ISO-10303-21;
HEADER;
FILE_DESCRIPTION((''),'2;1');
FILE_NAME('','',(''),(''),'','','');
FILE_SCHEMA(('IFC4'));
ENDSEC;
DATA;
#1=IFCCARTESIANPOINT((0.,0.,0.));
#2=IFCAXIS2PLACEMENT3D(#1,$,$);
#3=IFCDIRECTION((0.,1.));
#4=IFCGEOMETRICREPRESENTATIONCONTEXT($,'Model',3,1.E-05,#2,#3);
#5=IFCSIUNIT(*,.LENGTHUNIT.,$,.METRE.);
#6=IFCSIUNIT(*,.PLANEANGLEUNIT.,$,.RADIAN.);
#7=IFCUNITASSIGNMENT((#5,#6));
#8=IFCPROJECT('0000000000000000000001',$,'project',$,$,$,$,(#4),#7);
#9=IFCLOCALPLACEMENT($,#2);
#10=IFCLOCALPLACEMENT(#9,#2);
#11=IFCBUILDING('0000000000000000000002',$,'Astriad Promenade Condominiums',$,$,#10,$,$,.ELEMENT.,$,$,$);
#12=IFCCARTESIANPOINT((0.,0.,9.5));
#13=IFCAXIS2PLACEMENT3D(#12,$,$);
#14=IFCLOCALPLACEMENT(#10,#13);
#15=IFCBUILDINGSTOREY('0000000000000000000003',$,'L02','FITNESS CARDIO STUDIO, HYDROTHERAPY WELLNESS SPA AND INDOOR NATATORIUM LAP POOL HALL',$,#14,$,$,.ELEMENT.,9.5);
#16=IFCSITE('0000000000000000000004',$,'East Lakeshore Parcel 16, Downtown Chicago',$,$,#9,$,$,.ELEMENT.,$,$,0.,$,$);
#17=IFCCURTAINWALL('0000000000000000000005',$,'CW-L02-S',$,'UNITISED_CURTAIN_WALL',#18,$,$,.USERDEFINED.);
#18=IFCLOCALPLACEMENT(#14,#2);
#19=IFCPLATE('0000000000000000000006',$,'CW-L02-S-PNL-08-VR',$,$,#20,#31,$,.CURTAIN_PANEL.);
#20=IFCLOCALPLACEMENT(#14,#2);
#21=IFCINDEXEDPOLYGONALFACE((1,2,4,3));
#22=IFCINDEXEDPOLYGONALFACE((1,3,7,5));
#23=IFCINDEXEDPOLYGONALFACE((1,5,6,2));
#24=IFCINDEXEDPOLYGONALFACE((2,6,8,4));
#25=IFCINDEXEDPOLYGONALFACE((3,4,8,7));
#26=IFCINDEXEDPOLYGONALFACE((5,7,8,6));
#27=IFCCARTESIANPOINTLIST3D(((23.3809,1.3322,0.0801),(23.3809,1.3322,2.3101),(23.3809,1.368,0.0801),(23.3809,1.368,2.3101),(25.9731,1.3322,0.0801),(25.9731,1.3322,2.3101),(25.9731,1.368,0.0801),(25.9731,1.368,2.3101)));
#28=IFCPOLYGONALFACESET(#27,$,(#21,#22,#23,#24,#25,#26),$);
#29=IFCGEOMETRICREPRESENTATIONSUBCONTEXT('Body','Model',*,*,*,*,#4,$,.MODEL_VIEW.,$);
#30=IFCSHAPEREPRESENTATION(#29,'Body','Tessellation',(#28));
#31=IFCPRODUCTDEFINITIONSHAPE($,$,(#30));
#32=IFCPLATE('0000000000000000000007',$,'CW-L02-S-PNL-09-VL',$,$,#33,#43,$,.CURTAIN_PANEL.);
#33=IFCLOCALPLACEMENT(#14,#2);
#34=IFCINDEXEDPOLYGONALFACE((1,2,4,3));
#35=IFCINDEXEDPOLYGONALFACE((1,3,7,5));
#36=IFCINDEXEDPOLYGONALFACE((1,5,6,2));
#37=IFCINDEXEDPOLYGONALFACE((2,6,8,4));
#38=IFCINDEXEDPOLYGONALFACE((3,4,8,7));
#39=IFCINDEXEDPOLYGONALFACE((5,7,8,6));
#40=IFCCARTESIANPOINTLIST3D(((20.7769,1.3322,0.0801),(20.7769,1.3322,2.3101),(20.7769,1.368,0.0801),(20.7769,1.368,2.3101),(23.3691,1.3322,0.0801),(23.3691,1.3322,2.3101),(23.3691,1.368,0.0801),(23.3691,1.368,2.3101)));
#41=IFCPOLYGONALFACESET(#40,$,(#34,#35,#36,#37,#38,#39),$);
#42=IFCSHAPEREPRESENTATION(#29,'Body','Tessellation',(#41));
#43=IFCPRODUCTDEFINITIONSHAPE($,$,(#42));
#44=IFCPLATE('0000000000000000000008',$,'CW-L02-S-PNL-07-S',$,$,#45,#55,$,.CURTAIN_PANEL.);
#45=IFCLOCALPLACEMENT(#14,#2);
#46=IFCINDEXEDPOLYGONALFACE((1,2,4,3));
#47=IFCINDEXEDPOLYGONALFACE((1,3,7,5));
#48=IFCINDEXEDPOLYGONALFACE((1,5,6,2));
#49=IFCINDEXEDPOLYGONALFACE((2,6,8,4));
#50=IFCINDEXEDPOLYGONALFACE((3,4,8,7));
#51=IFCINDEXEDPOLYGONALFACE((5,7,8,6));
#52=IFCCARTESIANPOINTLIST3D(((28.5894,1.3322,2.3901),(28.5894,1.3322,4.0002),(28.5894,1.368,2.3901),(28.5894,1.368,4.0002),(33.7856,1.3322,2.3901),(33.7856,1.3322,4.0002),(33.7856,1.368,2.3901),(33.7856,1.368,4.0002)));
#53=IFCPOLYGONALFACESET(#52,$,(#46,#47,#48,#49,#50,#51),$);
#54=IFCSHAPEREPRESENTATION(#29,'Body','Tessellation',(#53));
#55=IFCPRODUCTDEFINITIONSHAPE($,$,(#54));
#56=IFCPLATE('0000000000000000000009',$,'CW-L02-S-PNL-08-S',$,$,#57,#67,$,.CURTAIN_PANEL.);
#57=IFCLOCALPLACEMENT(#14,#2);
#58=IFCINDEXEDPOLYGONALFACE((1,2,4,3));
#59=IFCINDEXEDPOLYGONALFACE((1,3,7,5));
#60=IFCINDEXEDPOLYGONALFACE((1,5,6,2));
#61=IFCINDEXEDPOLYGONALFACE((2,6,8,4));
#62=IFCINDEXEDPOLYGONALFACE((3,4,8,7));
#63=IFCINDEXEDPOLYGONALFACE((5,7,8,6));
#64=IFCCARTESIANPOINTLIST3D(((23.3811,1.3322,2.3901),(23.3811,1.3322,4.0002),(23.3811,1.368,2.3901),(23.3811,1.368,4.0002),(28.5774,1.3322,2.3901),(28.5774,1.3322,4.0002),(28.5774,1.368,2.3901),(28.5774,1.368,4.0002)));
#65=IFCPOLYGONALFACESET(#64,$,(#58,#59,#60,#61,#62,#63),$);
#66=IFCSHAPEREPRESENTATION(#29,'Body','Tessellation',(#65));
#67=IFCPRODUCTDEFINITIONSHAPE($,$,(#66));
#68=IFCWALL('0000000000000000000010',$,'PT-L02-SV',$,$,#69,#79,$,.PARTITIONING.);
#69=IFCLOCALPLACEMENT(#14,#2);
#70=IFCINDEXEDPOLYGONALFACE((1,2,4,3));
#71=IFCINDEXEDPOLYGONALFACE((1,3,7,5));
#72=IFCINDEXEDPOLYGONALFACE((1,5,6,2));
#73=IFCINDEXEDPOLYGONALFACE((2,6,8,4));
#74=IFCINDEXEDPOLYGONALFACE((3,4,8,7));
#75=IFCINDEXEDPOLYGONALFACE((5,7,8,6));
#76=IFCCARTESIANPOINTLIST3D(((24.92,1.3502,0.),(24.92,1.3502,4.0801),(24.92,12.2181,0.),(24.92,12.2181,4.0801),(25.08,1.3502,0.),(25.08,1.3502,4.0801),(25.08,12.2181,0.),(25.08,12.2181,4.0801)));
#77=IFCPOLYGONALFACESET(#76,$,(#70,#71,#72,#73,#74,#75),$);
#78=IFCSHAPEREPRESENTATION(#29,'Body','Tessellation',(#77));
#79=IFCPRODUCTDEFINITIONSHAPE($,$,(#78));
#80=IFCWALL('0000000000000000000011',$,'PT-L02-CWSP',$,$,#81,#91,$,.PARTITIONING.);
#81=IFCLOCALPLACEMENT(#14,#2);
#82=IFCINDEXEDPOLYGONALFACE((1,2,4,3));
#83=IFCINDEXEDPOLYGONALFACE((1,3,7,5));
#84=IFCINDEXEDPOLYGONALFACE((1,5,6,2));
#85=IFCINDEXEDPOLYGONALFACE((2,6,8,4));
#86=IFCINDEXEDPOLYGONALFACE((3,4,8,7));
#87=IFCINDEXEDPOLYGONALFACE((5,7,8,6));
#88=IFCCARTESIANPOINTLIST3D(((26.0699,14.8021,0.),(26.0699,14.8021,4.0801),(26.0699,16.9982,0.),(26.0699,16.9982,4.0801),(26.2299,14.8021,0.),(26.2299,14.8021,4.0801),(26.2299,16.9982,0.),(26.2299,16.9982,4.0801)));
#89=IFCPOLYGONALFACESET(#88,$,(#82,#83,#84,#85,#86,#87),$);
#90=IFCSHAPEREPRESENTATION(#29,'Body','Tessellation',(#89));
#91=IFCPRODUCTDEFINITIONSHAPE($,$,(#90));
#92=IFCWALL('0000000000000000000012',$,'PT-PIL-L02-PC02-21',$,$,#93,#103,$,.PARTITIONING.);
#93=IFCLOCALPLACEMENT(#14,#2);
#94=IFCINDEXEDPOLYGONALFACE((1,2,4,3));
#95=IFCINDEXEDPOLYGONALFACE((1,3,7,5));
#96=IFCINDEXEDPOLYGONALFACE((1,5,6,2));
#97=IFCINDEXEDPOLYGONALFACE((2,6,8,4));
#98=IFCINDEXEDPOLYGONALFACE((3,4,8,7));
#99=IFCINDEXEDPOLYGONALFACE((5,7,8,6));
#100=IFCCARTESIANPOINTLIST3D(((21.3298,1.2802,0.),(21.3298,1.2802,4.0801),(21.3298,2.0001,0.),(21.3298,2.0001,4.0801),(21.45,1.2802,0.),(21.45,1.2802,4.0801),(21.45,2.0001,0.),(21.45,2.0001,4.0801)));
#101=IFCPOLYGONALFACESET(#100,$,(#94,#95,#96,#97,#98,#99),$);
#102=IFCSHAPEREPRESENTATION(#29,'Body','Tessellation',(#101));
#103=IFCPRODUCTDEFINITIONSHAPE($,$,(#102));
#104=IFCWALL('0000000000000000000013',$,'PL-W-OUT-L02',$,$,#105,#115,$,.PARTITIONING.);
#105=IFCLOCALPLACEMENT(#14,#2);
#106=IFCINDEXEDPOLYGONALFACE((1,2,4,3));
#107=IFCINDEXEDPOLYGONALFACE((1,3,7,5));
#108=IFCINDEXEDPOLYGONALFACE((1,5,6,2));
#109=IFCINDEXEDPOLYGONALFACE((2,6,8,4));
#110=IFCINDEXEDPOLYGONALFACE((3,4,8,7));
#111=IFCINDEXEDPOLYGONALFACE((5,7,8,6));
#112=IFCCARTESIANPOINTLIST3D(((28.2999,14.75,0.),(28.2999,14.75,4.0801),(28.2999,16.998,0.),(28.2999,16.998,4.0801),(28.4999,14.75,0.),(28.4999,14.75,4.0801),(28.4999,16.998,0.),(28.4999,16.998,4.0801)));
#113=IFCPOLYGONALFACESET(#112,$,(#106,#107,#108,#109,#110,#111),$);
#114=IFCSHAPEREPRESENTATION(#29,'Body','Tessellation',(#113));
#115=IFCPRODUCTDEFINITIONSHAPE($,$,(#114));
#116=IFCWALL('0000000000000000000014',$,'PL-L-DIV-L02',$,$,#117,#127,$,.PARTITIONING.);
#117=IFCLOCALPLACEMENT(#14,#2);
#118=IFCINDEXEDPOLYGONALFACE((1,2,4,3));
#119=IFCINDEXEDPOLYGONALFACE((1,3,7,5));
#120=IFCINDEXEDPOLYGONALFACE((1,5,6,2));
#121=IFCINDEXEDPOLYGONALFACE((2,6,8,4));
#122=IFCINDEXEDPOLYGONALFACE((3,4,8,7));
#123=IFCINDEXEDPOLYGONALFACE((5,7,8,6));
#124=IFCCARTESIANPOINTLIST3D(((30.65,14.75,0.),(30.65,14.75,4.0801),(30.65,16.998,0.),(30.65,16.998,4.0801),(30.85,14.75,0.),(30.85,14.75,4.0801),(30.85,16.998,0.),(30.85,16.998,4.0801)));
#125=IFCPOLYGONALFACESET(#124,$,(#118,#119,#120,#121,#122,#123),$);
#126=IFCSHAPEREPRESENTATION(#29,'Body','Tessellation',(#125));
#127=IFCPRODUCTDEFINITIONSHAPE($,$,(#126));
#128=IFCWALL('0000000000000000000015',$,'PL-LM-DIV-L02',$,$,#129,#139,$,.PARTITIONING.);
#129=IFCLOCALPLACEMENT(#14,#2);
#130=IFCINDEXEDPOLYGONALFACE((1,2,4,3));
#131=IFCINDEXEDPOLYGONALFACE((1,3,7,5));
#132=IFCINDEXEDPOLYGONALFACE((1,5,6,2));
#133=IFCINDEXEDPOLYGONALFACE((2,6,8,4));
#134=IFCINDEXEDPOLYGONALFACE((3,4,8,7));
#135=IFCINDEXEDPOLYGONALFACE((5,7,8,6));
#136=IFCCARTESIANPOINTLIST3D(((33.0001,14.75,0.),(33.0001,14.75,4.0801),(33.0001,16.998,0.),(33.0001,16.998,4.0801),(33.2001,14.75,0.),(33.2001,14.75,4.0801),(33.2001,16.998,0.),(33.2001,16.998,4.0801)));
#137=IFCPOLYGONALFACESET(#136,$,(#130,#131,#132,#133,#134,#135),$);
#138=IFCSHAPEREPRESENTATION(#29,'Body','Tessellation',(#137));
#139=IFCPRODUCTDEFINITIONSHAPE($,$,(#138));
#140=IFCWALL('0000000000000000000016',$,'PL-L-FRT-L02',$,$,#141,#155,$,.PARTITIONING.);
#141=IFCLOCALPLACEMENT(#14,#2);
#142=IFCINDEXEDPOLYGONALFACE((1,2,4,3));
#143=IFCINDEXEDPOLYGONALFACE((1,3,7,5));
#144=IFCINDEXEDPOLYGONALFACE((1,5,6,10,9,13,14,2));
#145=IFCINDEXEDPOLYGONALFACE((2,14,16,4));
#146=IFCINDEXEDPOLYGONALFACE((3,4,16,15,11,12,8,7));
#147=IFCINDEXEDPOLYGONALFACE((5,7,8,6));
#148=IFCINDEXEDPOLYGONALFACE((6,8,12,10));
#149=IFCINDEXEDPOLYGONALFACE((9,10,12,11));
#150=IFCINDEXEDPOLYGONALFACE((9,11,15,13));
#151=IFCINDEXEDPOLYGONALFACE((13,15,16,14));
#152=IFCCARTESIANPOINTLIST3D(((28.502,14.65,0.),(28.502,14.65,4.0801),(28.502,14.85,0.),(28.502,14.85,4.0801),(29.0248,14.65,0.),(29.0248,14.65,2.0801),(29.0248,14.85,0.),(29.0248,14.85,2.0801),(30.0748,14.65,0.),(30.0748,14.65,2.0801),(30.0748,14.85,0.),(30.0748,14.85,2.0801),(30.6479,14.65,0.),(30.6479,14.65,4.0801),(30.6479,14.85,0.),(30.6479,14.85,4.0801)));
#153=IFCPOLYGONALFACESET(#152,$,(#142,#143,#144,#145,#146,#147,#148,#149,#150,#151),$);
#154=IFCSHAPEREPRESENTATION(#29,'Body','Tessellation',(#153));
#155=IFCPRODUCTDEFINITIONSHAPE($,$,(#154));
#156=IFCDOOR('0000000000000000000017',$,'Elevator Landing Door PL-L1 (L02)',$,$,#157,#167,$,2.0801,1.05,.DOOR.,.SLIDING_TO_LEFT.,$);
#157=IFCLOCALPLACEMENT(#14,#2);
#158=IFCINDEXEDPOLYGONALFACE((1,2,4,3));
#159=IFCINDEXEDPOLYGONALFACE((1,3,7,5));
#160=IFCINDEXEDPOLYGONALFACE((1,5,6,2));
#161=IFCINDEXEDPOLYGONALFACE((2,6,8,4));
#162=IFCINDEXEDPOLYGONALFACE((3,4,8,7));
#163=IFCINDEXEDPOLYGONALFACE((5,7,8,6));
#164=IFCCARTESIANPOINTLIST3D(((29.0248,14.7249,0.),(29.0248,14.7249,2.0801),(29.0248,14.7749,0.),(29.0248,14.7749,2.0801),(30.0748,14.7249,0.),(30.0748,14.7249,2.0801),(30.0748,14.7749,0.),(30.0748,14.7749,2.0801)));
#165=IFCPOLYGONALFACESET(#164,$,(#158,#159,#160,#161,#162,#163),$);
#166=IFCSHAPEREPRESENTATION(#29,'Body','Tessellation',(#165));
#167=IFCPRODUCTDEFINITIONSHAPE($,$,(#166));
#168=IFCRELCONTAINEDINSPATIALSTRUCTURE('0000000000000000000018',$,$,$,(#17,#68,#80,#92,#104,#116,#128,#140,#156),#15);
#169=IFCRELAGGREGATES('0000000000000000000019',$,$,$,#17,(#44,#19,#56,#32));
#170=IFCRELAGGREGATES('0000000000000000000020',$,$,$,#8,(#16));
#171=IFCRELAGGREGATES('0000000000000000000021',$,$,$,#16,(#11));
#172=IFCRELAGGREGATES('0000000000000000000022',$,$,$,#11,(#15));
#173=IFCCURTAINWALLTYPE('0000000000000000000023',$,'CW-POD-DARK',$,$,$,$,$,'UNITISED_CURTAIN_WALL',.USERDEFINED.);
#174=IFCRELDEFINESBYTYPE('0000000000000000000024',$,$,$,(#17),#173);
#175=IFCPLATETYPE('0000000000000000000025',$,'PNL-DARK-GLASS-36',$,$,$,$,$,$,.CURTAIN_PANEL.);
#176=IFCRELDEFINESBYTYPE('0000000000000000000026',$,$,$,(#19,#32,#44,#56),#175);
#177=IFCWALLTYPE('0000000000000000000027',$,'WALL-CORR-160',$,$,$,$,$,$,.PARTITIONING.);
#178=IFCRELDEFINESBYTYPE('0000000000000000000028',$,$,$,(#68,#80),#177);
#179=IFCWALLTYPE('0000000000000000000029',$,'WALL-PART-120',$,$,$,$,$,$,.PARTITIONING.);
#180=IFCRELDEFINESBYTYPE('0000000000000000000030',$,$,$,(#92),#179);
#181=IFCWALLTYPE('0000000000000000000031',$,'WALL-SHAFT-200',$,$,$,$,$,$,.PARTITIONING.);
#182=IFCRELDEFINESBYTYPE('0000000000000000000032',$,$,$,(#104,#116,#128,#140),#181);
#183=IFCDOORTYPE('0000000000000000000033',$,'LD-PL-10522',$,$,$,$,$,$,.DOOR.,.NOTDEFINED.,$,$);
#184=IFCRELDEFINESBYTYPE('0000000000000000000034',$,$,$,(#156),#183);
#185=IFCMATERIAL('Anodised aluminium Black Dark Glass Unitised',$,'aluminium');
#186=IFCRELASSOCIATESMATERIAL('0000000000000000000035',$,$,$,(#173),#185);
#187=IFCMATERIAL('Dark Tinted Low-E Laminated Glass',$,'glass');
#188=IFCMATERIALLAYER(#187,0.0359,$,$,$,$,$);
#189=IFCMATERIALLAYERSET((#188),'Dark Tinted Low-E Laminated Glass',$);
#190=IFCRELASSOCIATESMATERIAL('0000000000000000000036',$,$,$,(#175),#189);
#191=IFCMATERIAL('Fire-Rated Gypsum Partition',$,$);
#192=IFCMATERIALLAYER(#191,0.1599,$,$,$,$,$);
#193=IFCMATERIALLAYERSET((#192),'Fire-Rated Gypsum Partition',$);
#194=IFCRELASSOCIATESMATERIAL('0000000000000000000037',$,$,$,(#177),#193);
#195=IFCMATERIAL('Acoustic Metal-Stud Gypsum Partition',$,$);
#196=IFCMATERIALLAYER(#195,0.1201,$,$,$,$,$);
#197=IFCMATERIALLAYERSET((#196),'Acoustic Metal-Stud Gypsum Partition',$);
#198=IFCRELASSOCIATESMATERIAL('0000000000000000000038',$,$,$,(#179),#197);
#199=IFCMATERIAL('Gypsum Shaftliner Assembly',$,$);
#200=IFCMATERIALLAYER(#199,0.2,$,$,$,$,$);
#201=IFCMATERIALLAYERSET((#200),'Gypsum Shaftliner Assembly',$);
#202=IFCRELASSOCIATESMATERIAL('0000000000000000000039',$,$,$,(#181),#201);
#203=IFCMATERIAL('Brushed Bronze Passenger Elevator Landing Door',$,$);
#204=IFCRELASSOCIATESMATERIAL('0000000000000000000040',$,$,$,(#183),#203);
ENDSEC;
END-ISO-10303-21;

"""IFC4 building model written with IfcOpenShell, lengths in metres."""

from ifc_helpers import new_model, si_unit, direction, frame, frame_2d, origin, origin_2d, place, context, subcontext, project, spatial, rectangle, extrude, source, transform, mapped, material, layer, layer_set, type_object, type_shapes, element, fill, aggregate, save


model = new_model("IFC4")

# Units and contexts
model_context = context("Model", 3, precision=1e-05, world=origin(), true_north=direction((0.0, 1.0)))
body_context = subcontext(model_context, "Body", "Model", "MODEL_VIEW")
ifc_project = project(units=[si_unit("LENGTHUNIT", "METRE"), si_unit("PLANEANGLEUNIT", "RADIAN")], contexts=[model_context])

# Site, building, storey
site_placement = place(None, origin())
site = spatial("IfcSite", under=ifc_project, at=site_placement, Name="East Lakeshore Parcel 16, Downtown Chicago", CompositionType="ELEMENT", RefElevation=0.0)
building_placement = place(site_placement, origin())
building = spatial("IfcBuilding", under=site, at=building_placement, Name="Astriad Promenade Condominiums", CompositionType="ELEMENT")
storey_placement = place(building_placement, frame((0.0, 0.0, 9.5)))
storey = spatial("IfcBuildingStorey", under=building, at=storey_placement, Name="L02", Description="FITNESS CARDIO STUDIO, HYDROTHERAPY WELLNESS SPA AND INDOOR NATATORIUM LAP POOL HALL", CompositionType="ELEMENT", Elevation=9.5)

# Curtain wall
ifc_material_1 = material(Name="Anodised aluminium Black Dark Glass Unitised", Category="aluminium")
curtain_wall_type = type_object("IfcCurtainWallType", Name="CW-POD-DARK", ElementType="UNITISED_CURTAIN_WALL", PredefinedType="USERDEFINED", material=ifc_material_1)
curtain_wall_placement = place(storey_placement, origin())
curtain_wall = element("IfcCurtainWall", 1, at=curtain_wall_placement, inside=storey, type_object=curtain_wall_type, Name="CW-L02-S", ObjectType="UNITISED_CURTAIN_WALL", PredefinedType="USERDEFINED")

# Plates
ifc_material_2 = material(Name="Dark Tinted Low-E Laminated Glass", Category="glass")
ifc_layer_1 = layer(ifc_material_2, 0.0359)
ifc_layer_set_1 = layer_set([ifc_layer_1], Name="Dark Tinted Low-E Laminated Glass")
plate_type_1 = type_object("IfcPlateType", Name="PNL-DARK-GLASS-36", PredefinedType="CURTAIN_PANEL", material=ifc_layer_set_1)
shared_shape_1 = source(origin(), body_context, "Body", "SweptSolid", [
    extrude(rectangle(XDim=2.5923, YDim=0.0359, at=origin_2d()), origin(), (0.0, 0.0, 1.0), 2.23),
])
plate_1_placement = place(storey_placement, frame((24.677, 1.3501, 0.0801), z_axis=(0.0, 0.0, 1.0), x_axis=(-1.0, 0.0, 0.0)))
plate_1 = element("IfcPlate", 2, at=plate_1_placement, type_object=plate_type_1, Name="CW-L02-S-PNL-08-VR", PredefinedType="CURTAIN_PANEL", context=body_context, shape_type="MappedRepresentation", body=[
    mapped(shared_shape_1, transform((0.0, 0.0, 0.0), scale=1.0)),
])
plate_2_placement = place(storey_placement, frame((22.073, 1.3501, 0.0801), z_axis=(0.0, 0.0, 1.0), x_axis=(-1.0, 0.0, 0.0)))
plate_2 = element("IfcPlate", 3, at=plate_2_placement, type_object=plate_type_1, Name="CW-L02-S-PNL-09-VL", PredefinedType="CURTAIN_PANEL", context=body_context, shape_type="MappedRepresentation", body=[
    mapped(shared_shape_1, transform((0.0, 0.0, 0.0), scale=1.0)),
])
shared_shape_2 = source(origin(), body_context, "Body", "SweptSolid", [
    extrude(rectangle(XDim=5.1963, YDim=0.0359, at=origin_2d()), origin(), (0.0, 0.0, 1.0), 1.6101),
])
type_shapes(plate_type_1, [shared_shape_1, shared_shape_2])
plate_3_placement = place(storey_placement, frame((31.1875, 1.3501, 2.3901), z_axis=(0.0, 0.0, 1.0), x_axis=(-1.0, 0.0, 0.0)))
plate_3 = element("IfcPlate", 4, at=plate_3_placement, type_object=plate_type_1, Name="CW-L02-S-PNL-07-S", PredefinedType="CURTAIN_PANEL", context=body_context, shape_type="MappedRepresentation", body=[
    mapped(shared_shape_2, transform((0.0, 0.0, 0.0), scale=1.0)),
])
plate_4_placement = place(storey_placement, frame((25.9792, 1.3501, 2.3901), z_axis=(0.0, 0.0, 1.0), x_axis=(-1.0, 0.0, 0.0)))
plate_4 = element("IfcPlate", 5, at=plate_4_placement, type_object=plate_type_1, Name="CW-L02-S-PNL-08-S", PredefinedType="CURTAIN_PANEL", context=body_context, shape_type="MappedRepresentation", body=[
    mapped(shared_shape_2, transform((0.0, 0.0, 0.0), scale=1.0)),
])
aggregate(curtain_wall, [plate_3, plate_1, plate_4, plate_2])

# Walls
ifc_material_3 = material(Name="Fire-Rated Gypsum Partition")
ifc_layer_2 = layer(ifc_material_3, 0.1599)
ifc_layer_set_2 = layer_set([ifc_layer_2], Name="Fire-Rated Gypsum Partition")
wall_type_1 = type_object("IfcWallType", Name="WALL-CORR-160", PredefinedType="PARTITIONING", material=ifc_layer_set_2)
wall_1_placement = place(storey_placement, frame((25.0, 1.3501, 0.0), z_axis=(0.0, 0.0, 1.0), x_axis=(0.0, 1.0, 0.0)))
element("IfcWall", 6, at=wall_1_placement, inside=storey, type_object=wall_type_1, Name="PT-L02-SV", PredefinedType="PARTITIONING", context=body_context, shape_type="SweptSolid", body=[
    extrude(rectangle(XDim=10.8679, YDim=0.1599, at=frame_2d((5.4341, 0.0))), origin(), (0.0, 0.0, 1.0), 4.0801),
])
wall_2_placement = place(storey_placement, frame((26.1499, 14.802, 0.0), z_axis=(0.0, 0.0, 1.0), x_axis=(0.0, 1.0, 0.0)))
element("IfcWall", 7, at=wall_2_placement, inside=storey, type_object=wall_type_1, Name="PT-L02-CWSP", PredefinedType="PARTITIONING", context=body_context, shape_type="SweptSolid", body=[
    extrude(rectangle(XDim=2.196, YDim=0.1599, at=frame_2d((1.0981, 0.0))), origin(), (0.0, 0.0, 1.0), 4.0801),
])
ifc_material_4 = material(Name="Acoustic Metal-Stud Gypsum Partition")
ifc_layer_3 = layer(ifc_material_4, 0.1201)
ifc_layer_set_3 = layer_set([ifc_layer_3], Name="Acoustic Metal-Stud Gypsum Partition")
wall_type_2 = type_object("IfcWallType", Name="WALL-PART-120", PredefinedType="PARTITIONING", material=ifc_layer_set_3)
wall_3_placement = place(storey_placement, frame((21.3899, 2.0, 0.0), z_axis=(0.0, 0.0, 1.0), x_axis=(0.0, -1.0, 0.0)))
element("IfcWall", 8, at=wall_3_placement, inside=storey, type_object=wall_type_2, Name="PT-PIL-L02-PC02-21", PredefinedType="PARTITIONING", context=body_context, shape_type="SweptSolid", body=[
    extrude(rectangle(XDim=0.72, YDim=0.1201, at=frame_2d((0.3599, 0.0))), origin(), (0.0, 0.0, 1.0), 4.0801),
])
ifc_material_5 = material(Name="Gypsum Shaftliner Assembly")
ifc_layer_4 = layer(ifc_material_5, 0.2)
ifc_layer_set_4 = layer_set([ifc_layer_4], Name="Gypsum Shaftliner Assembly")
wall_type_3 = type_object("IfcWallType", Name="WALL-SHAFT-200", PredefinedType="PARTITIONING", material=ifc_layer_set_4)
for number, where, z_axis, x_axis, name in (
    (9, (28.3999, 14.75, 0.0), (0.0, 0.0, 1.0), (0.0, 1.0, 0.0), "PL-W-OUT-L02"),
    (10, (30.75, 14.75, 0.0), (0.0, 0.0, 1.0), (0.0, 1.0, 0.0), "PL-L-DIV-L02"),
    (11, (33.1001, 14.75, 0.0), (0.0, 0.0, 1.0), (0.0, 1.0, 0.0), "PL-LM-DIV-L02"),
):
    element("IfcWall", number, at=place(storey_placement, frame(where, z_axis=z_axis, x_axis=x_axis)), inside=storey, type_object=wall_type_3, Name=name, PredefinedType="PARTITIONING", context=body_context, shape_type="SweptSolid", body=[
        extrude(rectangle(XDim=2.248, YDim=0.2, at=frame_2d((1.124, 0.0))), origin(), (0.0, 0.0, 1.0), 4.0801),
    ])

# Wall, opening, door
wall_4_placement = place(storey_placement, frame((28.502, 14.75, 0.0), z_axis=(0.0, 0.0, 1.0), x_axis=(1.0, 0.0, 0.0)))
wall_4 = element("IfcWall", 12, at=wall_4_placement, inside=storey, type_object=wall_type_3, Name="PL-L-FRT-L02", PredefinedType="PARTITIONING", context=body_context, shape_type="SweptSolid", body=[
    extrude(rectangle(XDim=2.146, YDim=0.2, at=frame_2d((1.073, 0.0))), origin(), (0.0, 0.0, 1.0), 4.0801),
])
opening_1_placement = place(wall_4_placement, frame((0.5229, 0.0, 0.0)))
opening_1 = element("IfcOpeningElement", 13, at=opening_1_placement, cuts=wall_4, PredefinedType="OPENING", context=body_context, shape_type="SweptSolid", body=[
    extrude(rectangle(XDim=1.05, YDim=2.0801, at=frame_2d((0.5249, 1.04))), frame((0.0, 0.1099, 0.0), z_axis=(0.0, -1.0, 0.0), x_axis=(1.0, 0.0, 0.0)), (0.0, 0.0, 1.0), 0.22),
])
ifc_material_6 = material(Name="Brushed Bronze Passenger Elevator Landing Door")
door_type = type_object("IfcDoorType", Name="LD-PL-10522", OperationType="NOTDEFINED", PredefinedType="DOOR", material=ifc_material_6)
shared_shape_3 = source(origin(), body_context, "Body", "SweptSolid", [
    extrude(rectangle(XDim=1.05, YDim=2.0801, at=frame_2d((0.5249, 1.04))), frame((0.0, 0.0249, 0.0), z_axis=(0.0, -1.0, 0.0), x_axis=(1.0, 0.0, 0.0)), (0.0, 0.0, 1.0), 0.05),
])
type_shapes(door_type, [shared_shape_3])
door_1_placement = place(opening_1_placement, origin())
door_1 = element("IfcDoor", 14, at=door_1_placement, inside=storey, type_object=door_type, Name="Elevator Landing Door PL-L1 (L02)", OperationType="SLIDING_TO_LEFT", OverallHeight=2.0801, OverallWidth=1.05, PredefinedType="DOOR", context=body_context, shape_type="MappedRepresentation", body=[
    mapped(shared_shape_3, transform((0.0, 0.0, 0.0), scale=1.0)),
])
fill(opening_1, door_1)

save(model, "model.ifc")
